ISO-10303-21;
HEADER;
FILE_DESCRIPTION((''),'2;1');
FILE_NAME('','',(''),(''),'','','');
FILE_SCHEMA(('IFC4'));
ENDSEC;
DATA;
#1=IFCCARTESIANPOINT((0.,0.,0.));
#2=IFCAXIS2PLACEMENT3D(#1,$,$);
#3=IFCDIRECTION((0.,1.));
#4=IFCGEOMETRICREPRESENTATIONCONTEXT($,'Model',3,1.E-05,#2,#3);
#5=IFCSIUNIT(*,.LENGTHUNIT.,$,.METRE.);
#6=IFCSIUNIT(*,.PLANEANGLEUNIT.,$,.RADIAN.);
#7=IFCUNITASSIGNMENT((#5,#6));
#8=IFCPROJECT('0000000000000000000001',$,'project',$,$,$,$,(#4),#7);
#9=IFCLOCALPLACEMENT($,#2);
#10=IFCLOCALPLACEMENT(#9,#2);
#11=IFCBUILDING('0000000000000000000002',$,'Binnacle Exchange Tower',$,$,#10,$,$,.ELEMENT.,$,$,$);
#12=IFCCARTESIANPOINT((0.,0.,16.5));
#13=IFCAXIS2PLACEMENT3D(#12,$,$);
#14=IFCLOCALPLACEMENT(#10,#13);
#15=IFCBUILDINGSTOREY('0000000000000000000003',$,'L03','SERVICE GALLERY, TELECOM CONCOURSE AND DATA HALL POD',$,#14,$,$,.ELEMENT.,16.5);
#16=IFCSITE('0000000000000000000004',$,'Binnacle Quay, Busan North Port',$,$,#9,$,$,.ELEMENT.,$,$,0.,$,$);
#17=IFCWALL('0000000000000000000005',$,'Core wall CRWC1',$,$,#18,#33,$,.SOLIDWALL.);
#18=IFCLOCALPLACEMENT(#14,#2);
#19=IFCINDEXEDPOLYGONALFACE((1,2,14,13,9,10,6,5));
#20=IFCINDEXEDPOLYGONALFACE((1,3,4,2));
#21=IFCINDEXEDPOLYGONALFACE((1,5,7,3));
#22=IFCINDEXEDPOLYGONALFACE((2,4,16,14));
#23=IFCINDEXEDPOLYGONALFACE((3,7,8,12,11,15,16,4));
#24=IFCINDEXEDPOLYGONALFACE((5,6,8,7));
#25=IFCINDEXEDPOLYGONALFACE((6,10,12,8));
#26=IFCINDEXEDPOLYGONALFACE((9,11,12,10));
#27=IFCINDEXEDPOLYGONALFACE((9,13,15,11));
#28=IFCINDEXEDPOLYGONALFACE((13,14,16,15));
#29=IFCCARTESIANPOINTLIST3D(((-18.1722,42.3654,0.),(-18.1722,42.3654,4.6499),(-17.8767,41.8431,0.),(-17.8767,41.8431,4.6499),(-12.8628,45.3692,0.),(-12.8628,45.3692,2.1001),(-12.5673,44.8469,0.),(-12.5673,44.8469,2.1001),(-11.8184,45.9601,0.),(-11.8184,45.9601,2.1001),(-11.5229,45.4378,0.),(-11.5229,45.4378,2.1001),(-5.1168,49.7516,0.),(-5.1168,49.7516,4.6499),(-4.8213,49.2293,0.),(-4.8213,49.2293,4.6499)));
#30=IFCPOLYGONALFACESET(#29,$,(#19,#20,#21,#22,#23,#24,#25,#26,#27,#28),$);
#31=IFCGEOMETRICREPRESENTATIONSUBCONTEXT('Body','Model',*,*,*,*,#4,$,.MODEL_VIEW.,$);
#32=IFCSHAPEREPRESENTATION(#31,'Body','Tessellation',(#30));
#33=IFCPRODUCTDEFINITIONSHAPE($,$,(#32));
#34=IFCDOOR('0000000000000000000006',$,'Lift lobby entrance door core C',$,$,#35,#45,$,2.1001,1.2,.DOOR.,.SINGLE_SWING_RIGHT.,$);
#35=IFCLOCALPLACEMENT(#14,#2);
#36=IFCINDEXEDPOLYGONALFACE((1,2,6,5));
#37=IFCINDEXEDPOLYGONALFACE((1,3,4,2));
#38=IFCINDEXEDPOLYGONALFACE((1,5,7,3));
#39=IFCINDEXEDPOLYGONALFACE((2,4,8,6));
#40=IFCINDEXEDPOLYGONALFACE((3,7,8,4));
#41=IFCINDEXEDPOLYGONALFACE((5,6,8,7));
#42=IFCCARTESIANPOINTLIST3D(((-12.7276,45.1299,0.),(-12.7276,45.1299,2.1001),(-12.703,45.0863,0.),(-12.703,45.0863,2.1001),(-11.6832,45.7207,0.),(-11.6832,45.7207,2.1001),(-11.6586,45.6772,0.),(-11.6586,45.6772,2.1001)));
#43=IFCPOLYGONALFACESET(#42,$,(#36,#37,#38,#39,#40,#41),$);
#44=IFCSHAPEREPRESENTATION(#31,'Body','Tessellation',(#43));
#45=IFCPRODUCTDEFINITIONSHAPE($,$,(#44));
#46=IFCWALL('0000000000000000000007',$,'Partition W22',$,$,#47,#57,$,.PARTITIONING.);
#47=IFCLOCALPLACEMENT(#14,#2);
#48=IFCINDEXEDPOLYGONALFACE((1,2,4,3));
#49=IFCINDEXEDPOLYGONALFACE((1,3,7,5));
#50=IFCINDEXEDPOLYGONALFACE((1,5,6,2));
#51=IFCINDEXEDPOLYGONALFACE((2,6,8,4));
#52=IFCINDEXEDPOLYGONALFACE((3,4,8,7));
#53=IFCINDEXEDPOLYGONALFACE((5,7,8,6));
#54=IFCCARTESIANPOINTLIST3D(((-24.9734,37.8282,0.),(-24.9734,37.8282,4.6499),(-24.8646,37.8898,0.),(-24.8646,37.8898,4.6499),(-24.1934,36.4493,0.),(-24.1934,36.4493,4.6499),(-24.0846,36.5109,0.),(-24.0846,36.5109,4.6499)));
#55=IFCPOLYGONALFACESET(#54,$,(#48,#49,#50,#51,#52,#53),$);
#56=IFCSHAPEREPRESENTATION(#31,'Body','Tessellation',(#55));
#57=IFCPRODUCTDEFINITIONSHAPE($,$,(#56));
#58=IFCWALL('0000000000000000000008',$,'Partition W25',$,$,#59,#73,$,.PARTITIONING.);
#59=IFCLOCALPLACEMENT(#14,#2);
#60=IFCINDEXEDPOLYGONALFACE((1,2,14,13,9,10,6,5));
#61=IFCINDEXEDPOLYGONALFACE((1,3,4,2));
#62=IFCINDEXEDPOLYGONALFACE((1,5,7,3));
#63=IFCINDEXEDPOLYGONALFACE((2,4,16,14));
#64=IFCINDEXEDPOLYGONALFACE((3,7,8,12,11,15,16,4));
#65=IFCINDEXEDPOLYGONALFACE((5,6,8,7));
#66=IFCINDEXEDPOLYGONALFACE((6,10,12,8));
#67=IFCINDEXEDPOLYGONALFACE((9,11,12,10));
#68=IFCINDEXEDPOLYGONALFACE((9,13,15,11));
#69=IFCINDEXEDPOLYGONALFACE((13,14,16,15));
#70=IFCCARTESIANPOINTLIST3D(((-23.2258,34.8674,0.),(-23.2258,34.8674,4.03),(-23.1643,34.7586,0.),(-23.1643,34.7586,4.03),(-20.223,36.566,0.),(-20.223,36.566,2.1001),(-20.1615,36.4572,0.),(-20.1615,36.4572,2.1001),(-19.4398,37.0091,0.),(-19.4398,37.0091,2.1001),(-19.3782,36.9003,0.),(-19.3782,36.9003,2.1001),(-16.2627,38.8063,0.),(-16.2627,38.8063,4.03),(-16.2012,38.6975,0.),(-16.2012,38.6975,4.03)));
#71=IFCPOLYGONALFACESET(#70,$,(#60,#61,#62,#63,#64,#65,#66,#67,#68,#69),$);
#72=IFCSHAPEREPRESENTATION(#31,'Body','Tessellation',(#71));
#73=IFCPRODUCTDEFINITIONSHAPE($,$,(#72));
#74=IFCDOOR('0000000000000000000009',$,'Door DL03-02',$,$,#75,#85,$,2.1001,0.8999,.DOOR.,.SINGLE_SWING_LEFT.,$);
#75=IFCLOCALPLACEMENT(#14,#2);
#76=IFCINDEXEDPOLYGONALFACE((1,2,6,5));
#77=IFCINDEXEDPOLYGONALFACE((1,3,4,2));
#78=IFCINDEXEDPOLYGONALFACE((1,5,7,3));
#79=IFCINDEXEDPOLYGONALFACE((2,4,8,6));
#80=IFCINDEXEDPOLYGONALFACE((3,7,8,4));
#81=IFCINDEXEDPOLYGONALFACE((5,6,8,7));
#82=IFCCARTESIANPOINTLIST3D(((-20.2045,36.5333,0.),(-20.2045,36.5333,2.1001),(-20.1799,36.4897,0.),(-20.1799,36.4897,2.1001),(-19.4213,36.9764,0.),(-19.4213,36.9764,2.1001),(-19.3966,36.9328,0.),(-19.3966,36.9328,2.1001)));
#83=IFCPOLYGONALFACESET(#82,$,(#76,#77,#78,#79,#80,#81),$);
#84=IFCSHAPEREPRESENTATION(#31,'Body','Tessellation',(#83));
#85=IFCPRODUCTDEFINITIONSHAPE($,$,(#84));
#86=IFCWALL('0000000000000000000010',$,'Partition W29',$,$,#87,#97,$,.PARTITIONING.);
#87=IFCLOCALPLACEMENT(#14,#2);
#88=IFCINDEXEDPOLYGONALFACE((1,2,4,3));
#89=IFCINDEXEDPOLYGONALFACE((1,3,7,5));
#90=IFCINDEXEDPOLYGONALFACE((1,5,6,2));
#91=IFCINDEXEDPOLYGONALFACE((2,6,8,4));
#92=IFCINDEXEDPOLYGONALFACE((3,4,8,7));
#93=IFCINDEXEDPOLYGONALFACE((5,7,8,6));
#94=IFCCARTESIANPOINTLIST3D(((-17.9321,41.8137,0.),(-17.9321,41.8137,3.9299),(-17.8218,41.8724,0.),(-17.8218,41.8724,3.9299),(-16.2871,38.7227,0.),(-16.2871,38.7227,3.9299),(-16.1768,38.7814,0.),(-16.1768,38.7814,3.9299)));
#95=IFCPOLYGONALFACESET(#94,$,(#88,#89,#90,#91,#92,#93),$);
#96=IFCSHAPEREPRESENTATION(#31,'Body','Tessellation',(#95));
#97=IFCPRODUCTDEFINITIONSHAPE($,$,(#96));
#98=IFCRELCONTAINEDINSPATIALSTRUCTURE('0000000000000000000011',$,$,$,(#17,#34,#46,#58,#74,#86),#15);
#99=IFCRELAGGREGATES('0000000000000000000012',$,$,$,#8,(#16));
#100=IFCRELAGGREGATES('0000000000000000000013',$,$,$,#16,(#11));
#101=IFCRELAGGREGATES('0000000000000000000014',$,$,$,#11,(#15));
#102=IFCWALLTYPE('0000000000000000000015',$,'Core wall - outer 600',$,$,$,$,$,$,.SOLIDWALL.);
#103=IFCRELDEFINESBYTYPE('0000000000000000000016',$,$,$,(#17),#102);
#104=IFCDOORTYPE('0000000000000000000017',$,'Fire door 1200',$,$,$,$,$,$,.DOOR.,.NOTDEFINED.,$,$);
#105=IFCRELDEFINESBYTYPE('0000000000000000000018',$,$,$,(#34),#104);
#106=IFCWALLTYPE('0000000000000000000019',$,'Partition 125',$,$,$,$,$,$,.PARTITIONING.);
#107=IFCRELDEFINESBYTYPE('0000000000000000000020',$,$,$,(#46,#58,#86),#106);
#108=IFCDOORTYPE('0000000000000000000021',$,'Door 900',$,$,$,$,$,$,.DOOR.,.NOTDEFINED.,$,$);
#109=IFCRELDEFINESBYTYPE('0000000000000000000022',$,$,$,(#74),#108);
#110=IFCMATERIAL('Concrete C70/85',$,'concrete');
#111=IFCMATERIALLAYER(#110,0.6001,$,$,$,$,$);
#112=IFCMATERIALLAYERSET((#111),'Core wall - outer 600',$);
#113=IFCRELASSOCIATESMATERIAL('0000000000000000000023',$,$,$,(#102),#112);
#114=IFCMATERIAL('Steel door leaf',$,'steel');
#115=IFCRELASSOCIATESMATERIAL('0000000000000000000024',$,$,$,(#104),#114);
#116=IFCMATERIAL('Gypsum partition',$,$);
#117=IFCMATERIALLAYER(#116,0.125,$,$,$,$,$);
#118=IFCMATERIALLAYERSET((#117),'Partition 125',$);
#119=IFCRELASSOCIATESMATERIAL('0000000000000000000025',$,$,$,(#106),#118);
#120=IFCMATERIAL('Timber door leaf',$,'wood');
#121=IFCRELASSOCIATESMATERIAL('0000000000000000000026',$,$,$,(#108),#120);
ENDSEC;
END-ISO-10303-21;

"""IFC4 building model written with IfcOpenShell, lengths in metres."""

from ifc_helpers import new_model, si_unit, direction, frame, frame_2d, origin, place, context, subcontext, project, spatial, rectangle, extrude, material, layer, layer_set, type_object, element, fill, save


model = new_model("IFC4")

# Units and contexts
model_context = context("Model", 3, precision=1e-05, world=origin(), true_north=direction((0.0, 1.0)))
body_context = subcontext(model_context, "Body", "Model", "MODEL_VIEW")
ifc_project = project(units=[si_unit("LENGTHUNIT", "METRE"), si_unit("PLANEANGLEUNIT", "RADIAN")], contexts=[model_context])

# Site, building, storey
site_placement = place(None, origin())
site = spatial("IfcSite", under=ifc_project, at=site_placement, Name="Binnacle Quay, Busan North Port", CompositionType="ELEMENT", RefElevation=0.0)
building_placement = place(site_placement, origin())
building = spatial("IfcBuilding", under=site, at=building_placement, Name="Binnacle Exchange Tower", CompositionType="ELEMENT")
storey_placement = place(building_placement, frame((0.0, 0.0, 16.5)))
storey = spatial("IfcBuildingStorey", under=building, at=storey_placement, Name="L03", Description="SERVICE GALLERY, TELECOM CONCOURSE AND DATA HALL POD", CompositionType="ELEMENT", Elevation=16.5)

# Shared definitions
ifc_material_1 = material(Name="Concrete C70/85", Category="concrete")

# Wall, opening, door
ifc_layer_1 = layer(ifc_material_1, 0.6001)
ifc_layer_set_1 = layer_set([ifc_layer_1], Name="Core wall - outer 600")
wall_type_1 = type_object("IfcWallType", Name="Core wall - outer 600", PredefinedType="SOLIDWALL", material=ifc_layer_set_1)
wall_1_placement = place(storey_placement, frame((-18.0244, 42.1042, 0.0), z_axis=(0.0, 0.0, 1.0), x_axis=(0.870361, 0.492415, 0.0)))
wall_1 = element("IfcWall", 1, at=wall_1_placement, inside=storey, type_object=wall_type_1, Name="Core wall CRWC1", PredefinedType="SOLIDWALL", context=body_context, shape_type="SweptSolid", body=[
    extrude(rectangle(XDim=15.0, YDim=0.6001, at=frame_2d((7.5, 0.0))), origin(), (0.0, 0.0, 1.0), 4.6499),
])
opening_1_placement = place(wall_1_placement, frame((6.1001, 0.0, 0.0)))
opening_1 = element("IfcOpeningElement", 2, at=opening_1_placement, cuts=wall_1, PredefinedType="OPENING", context=body_context, shape_type="SweptSolid", body=[
    extrude(rectangle(XDim=1.2, YDim=2.1001, at=frame_2d((0.6001, 1.05))), frame((0.0, 0.3101, 0.0), z_axis=(0.0, -1.0, 0.0), x_axis=(1.0, 0.0, 0.0)), (0.0, 0.0, 1.0), 0.6201),
])
ifc_material_2 = material(Name="Steel door leaf", Category="steel")
door_type_1 = type_object("IfcDoorType", Name="Fire door 1200", OperationType="NOTDEFINED", PredefinedType="DOOR", material=ifc_material_2)
door_1_placement = place(opening_1_placement, frame((1.2, 0.0, 0.0), z_axis=(0.0, 0.0, 1.0), x_axis=(-1.0, 0.0, 0.0)))
door_1 = element("IfcDoor", 3, at=door_1_placement, inside=storey, type_object=door_type_1, Name="Lift lobby entrance door core C", OperationType="SINGLE_SWING_RIGHT", OverallHeight=2.1001, OverallWidth=1.2, PredefinedType="DOOR", context=body_context, shape_type="SweptSolid", body=[
    extrude(rectangle(XDim=1.2, YDim=2.1001, at=frame_2d((0.6001, 1.05))), frame((0.0, 0.0249, 0.0), z_axis=(0.0, -1.0, 0.0), x_axis=(1.0, 0.0, 0.0)), (0.0, 0.0, 1.0), 0.05),
])
fill(opening_1, door_1)

# Wall
ifc_material_3 = material(Name="Gypsum partition")
ifc_layer_2 = layer(ifc_material_3, 0.125)
ifc_layer_set_2 = layer_set([ifc_layer_2], Name="Partition 125")
wall_type_2 = type_object("IfcWallType", Name="Partition 125", PredefinedType="PARTITIONING", material=ifc_layer_set_2)
wall_2_placement = place(storey_placement, frame((-24.9189, 37.8589, 0.0), z_axis=(0.0, 0.0, 1.0), x_axis=(0.492367, -0.870388, 0.0)))
element("IfcWall", 4, at=wall_2_placement, inside=storey, type_object=wall_type_2, Name="Partition W22", PredefinedType="PARTITIONING", context=body_context, shape_type="SweptSolid", body=[
    extrude(rectangle(XDim=1.5842, YDim=0.125, at=frame_2d((0.792, 0.0))), origin(), (0.0, 0.0, 1.0), 4.6499),
])

# Wall, opening, door
wall_3_placement = place(storey_placement, frame((-23.1951, 34.813, 0.0), z_axis=(0.0, 0.0, 1.0), x_axis=(0.870387, 0.492368, 0.0)))
wall_3 = element("IfcWall", 5, at=wall_3_placement, inside=storey, type_object=wall_type_2, Name="Partition W25", PredefinedType="PARTITIONING", context=body_context, shape_type="SweptSolid", body=[
    extrude(rectangle(XDim=8.0, YDim=0.125, at=frame_2d((4.0, 0.0))), origin(), (0.0, 0.0, 1.0), 4.03),
])
opening_2_placement = place(wall_3_placement, frame((3.45, 0.0, 0.0)))
opening_2 = element("IfcOpeningElement", 6, at=opening_2_placement, cuts=wall_3, PredefinedType="OPENING", context=body_context, shape_type="SweptSolid", body=[
    extrude(rectangle(XDim=0.8999, YDim=2.1001, at=frame_2d((0.45, 1.05))), frame((0.0, 0.0725, 0.0), z_axis=(0.0, -1.0, 0.0), x_axis=(1.0, 0.0, 0.0)), (0.0, 0.0, 1.0), 0.145),
])
ifc_material_4 = material(Name="Timber door leaf", Category="wood")
door_type_2 = type_object("IfcDoorType", Name="Door 900", OperationType="NOTDEFINED", PredefinedType="DOOR", material=ifc_material_4)
door_2_placement = place(opening_2_placement, origin())
door_2 = element("IfcDoor", 7, at=door_2_placement, inside=storey, type_object=door_type_2, Name="Door DL03-02", OperationType="SINGLE_SWING_LEFT", OverallHeight=2.1001, OverallWidth=0.8999, PredefinedType="DOOR", context=body_context, shape_type="SweptSolid", body=[
    extrude(rectangle(XDim=0.8999, YDim=2.1001, at=frame_2d((0.45, 1.05))), frame((0.0, 0.0249, 0.0), z_axis=(0.0, -1.0, 0.0), x_axis=(1.0, 0.0, 0.0)), (0.0, 0.0, 1.0), 0.05),
])
fill(opening_2, door_2)

# Wall
wall_4_placement = place(storey_placement, frame((-17.877, 41.843, 0.0), z_axis=(0.0, 0.0, 1.0), x_axis=(0.469799, -0.882773, 0.0)))
element("IfcWall", 8, at=wall_4_placement, inside=storey, type_object=wall_type_2, Name="Partition W29", PredefinedType="PARTITIONING", context=body_context, shape_type="SweptSolid", body=[
    extrude(rectangle(XDim=3.5015, YDim=0.125, at=frame_2d((1.7507, 0.0))), origin(), (0.0, 0.0, 1.0), 3.9299),
])

save(model, "model.ifc")
